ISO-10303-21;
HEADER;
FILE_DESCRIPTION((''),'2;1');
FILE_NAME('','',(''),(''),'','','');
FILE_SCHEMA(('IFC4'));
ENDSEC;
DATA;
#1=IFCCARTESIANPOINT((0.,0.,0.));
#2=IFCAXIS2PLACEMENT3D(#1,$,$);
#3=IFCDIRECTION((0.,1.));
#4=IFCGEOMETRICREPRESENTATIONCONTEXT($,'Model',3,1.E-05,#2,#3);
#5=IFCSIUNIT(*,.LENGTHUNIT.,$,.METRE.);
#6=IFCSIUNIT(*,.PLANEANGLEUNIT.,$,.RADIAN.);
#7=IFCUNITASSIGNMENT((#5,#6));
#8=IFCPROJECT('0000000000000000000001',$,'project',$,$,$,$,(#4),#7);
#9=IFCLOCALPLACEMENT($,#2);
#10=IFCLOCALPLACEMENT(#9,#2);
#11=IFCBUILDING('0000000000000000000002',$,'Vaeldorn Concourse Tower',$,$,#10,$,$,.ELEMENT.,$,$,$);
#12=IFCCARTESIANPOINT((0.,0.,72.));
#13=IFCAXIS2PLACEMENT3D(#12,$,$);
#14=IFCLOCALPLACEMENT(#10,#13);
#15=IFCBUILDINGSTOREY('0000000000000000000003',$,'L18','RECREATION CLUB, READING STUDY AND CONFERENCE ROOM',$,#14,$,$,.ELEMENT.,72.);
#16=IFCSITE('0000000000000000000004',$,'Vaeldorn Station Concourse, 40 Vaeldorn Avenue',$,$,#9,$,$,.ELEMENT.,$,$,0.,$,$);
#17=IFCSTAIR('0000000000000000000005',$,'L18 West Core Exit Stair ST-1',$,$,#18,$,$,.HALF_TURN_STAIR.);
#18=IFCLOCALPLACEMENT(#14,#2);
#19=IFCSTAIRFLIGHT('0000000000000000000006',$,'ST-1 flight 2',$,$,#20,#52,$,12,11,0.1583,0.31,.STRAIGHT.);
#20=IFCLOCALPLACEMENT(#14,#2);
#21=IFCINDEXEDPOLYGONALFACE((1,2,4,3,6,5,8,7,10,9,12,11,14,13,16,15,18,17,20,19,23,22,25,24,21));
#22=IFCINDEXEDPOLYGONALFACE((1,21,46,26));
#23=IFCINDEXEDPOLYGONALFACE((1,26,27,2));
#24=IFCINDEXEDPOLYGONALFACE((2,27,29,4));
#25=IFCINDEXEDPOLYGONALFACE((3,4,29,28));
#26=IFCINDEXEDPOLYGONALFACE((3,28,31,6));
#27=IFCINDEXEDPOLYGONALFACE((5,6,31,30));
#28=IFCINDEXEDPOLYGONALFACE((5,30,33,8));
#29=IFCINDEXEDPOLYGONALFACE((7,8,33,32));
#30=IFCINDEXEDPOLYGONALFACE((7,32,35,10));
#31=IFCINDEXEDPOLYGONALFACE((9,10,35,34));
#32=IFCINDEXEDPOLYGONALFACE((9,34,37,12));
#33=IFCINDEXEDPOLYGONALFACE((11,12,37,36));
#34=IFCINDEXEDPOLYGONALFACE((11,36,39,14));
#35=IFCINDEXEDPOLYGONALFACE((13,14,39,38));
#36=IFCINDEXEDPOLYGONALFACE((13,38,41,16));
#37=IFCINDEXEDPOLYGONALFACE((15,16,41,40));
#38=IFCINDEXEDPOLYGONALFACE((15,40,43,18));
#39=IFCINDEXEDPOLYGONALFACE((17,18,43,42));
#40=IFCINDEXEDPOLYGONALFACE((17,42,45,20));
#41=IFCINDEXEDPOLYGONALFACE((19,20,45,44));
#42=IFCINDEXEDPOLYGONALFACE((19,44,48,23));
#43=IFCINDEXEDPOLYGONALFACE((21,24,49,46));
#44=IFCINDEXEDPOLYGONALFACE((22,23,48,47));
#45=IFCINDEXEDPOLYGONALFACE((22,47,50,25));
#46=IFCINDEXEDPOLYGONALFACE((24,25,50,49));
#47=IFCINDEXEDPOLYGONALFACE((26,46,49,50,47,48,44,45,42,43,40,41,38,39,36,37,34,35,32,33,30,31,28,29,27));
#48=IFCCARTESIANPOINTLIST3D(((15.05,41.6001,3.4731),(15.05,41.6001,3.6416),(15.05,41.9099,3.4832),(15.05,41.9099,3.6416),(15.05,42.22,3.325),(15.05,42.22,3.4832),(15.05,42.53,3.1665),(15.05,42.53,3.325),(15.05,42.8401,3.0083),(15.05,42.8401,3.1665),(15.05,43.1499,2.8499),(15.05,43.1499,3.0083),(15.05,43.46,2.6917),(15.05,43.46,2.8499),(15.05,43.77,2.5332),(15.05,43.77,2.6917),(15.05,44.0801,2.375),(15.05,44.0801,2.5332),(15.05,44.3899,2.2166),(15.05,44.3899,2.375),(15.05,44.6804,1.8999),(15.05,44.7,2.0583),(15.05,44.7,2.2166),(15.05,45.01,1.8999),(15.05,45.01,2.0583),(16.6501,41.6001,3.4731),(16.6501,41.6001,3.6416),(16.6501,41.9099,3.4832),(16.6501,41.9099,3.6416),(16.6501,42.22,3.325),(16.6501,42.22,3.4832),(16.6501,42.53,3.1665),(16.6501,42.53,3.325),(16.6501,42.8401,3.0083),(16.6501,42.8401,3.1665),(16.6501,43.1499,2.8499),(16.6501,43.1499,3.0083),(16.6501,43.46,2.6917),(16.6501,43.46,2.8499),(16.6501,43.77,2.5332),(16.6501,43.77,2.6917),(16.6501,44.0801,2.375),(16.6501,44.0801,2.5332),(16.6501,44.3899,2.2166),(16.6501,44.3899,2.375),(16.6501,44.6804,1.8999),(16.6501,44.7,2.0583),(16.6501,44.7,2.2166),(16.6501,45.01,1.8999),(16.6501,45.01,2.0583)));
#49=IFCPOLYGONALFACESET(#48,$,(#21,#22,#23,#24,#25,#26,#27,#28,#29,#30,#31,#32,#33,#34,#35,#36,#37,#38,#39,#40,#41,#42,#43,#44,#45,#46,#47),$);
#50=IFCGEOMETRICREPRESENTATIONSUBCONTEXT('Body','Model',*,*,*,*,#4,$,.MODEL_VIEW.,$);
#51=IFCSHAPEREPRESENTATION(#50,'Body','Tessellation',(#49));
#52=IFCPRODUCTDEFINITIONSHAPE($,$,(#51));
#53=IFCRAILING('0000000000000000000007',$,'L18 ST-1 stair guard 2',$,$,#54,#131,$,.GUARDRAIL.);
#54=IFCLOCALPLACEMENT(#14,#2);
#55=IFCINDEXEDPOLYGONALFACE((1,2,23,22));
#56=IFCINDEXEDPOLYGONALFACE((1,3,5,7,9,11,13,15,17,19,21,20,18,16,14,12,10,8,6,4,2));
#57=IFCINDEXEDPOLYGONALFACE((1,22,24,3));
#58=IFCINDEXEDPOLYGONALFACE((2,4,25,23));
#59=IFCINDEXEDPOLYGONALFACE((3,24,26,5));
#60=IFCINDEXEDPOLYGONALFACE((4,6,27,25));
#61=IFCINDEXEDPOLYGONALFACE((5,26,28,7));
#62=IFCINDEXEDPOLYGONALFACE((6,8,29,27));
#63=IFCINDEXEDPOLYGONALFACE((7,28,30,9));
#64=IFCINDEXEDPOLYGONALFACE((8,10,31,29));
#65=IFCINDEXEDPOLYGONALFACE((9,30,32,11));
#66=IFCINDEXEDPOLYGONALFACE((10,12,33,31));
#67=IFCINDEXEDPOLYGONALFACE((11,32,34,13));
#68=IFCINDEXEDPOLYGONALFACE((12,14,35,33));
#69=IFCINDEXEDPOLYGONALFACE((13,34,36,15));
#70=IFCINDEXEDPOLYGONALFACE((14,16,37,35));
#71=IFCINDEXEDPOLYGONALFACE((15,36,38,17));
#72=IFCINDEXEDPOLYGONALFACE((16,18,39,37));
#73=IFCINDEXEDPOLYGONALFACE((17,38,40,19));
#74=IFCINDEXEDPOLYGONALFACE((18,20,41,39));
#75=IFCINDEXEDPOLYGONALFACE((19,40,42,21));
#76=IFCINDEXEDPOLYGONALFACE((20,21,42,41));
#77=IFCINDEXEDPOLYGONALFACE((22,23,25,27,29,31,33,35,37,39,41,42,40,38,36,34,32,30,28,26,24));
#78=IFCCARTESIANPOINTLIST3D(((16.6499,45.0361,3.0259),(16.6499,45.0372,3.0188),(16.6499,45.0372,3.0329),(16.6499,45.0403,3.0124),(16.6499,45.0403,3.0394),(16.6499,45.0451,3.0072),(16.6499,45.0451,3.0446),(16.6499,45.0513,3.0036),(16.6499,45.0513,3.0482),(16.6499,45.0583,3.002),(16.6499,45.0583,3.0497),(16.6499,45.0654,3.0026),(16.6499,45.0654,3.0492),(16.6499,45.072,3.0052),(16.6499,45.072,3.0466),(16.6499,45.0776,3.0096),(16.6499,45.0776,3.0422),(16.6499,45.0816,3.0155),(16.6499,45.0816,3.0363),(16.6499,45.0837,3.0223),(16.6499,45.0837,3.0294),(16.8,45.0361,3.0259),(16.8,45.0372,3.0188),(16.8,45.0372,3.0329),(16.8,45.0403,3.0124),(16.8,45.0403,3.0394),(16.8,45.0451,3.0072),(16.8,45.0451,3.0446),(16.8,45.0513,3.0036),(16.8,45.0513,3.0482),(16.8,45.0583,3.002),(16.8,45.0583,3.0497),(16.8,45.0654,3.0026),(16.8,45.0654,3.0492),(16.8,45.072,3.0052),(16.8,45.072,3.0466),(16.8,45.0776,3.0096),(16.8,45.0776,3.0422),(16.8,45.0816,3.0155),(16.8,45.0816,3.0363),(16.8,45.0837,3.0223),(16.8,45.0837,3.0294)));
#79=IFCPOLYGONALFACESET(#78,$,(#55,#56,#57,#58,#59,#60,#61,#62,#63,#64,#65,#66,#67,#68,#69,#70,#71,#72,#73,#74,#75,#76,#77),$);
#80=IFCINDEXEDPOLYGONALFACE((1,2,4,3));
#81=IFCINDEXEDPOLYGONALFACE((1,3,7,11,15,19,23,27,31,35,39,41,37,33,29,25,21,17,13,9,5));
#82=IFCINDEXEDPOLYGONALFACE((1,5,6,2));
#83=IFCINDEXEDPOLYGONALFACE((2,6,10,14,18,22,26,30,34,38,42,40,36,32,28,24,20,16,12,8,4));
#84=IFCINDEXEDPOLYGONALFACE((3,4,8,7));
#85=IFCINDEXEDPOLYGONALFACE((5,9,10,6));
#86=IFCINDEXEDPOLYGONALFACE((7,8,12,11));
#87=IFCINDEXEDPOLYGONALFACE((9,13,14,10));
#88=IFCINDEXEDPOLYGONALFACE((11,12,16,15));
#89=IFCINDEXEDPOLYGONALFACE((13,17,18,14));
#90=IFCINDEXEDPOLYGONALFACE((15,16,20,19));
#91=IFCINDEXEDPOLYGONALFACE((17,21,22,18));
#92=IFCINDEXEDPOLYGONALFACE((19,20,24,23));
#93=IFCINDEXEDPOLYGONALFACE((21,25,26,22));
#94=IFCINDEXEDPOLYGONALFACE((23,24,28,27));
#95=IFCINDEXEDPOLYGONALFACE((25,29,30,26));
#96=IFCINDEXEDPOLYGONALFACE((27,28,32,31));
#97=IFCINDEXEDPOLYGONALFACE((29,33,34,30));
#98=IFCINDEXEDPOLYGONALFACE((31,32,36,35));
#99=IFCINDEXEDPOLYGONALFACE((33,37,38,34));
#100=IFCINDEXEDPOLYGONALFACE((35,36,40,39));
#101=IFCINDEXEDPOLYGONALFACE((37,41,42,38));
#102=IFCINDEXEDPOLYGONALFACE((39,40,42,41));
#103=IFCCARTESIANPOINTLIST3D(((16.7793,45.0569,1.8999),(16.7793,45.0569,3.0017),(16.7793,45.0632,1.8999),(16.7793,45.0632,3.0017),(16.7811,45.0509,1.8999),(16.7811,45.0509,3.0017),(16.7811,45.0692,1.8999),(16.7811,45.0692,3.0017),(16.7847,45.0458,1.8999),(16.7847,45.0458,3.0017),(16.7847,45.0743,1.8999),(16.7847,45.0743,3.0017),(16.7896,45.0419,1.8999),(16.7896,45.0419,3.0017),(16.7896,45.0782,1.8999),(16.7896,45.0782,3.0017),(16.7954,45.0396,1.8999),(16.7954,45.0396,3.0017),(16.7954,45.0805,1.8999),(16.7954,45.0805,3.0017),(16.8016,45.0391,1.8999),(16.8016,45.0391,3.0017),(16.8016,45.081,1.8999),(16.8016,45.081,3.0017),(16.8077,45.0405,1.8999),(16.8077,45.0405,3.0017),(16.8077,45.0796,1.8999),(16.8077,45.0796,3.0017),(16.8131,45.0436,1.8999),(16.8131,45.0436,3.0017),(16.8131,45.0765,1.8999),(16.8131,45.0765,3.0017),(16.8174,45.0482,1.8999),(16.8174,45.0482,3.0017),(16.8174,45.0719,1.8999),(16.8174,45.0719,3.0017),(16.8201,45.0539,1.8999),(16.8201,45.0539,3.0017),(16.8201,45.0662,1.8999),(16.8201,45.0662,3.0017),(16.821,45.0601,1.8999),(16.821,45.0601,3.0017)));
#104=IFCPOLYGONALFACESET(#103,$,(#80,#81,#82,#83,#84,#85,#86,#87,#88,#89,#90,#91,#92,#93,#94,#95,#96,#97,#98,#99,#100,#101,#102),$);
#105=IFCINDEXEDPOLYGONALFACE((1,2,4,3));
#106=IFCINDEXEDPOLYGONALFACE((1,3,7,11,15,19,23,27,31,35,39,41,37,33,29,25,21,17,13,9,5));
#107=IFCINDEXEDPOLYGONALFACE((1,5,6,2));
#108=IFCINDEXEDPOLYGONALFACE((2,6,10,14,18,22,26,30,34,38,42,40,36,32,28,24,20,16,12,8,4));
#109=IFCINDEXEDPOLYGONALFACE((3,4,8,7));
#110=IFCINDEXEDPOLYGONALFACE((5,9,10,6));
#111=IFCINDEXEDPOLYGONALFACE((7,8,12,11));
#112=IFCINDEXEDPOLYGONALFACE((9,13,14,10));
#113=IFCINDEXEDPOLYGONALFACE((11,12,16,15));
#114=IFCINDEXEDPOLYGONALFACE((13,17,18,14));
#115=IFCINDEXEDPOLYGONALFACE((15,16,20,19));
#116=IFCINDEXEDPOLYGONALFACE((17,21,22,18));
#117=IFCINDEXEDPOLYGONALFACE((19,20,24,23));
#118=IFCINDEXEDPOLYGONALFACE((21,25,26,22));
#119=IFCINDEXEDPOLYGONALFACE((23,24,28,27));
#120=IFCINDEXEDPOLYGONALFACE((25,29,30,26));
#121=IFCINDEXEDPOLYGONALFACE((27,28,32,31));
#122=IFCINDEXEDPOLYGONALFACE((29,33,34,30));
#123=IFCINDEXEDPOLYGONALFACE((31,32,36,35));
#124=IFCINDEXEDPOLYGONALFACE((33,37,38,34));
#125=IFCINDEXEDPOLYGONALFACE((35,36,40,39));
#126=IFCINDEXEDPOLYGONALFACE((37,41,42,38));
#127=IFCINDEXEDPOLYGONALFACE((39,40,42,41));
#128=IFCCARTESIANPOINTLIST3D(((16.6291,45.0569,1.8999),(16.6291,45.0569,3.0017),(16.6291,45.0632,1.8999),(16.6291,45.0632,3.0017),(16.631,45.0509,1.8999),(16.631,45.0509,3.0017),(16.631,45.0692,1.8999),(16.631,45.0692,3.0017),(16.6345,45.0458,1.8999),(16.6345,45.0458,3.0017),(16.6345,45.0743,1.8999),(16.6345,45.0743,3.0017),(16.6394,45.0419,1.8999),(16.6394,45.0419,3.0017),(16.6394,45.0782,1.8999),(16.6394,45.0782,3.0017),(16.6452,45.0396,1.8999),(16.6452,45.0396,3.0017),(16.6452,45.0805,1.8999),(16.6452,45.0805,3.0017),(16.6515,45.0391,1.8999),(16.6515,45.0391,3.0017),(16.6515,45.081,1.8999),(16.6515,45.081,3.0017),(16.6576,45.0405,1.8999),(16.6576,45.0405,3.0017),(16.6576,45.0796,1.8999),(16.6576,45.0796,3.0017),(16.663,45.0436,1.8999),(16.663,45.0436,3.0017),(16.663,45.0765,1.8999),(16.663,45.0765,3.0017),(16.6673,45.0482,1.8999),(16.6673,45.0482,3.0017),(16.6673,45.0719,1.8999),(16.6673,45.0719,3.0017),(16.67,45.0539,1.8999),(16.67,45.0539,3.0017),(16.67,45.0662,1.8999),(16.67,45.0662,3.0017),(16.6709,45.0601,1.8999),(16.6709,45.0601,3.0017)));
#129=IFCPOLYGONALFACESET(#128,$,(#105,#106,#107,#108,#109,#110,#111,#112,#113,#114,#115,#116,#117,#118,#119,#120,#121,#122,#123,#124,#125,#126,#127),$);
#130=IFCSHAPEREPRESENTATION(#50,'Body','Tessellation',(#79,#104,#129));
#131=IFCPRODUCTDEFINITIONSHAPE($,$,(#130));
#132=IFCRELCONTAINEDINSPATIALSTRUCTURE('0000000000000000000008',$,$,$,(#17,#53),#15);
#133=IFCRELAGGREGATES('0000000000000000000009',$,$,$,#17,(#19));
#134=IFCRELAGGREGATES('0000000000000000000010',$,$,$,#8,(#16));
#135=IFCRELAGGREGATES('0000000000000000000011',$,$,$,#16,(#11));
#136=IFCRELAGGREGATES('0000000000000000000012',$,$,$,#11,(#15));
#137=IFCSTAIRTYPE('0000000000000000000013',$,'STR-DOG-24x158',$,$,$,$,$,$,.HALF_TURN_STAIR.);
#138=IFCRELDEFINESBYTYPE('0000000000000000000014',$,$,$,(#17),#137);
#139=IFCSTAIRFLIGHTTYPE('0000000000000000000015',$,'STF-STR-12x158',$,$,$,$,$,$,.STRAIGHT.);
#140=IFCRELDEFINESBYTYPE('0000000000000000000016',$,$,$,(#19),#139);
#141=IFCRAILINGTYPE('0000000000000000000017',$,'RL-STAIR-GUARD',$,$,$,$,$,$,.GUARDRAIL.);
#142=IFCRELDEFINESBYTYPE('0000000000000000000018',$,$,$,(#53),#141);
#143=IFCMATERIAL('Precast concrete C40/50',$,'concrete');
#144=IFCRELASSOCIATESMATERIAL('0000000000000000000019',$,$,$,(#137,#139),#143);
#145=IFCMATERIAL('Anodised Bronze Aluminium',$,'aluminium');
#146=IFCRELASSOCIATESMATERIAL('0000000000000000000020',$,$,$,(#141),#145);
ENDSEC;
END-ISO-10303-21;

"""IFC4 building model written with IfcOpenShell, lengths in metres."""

from ifc_helpers import new_model, si_unit, direction, frame, origin, origin_2d, place, context, subcontext, project, spatial, polyline, circle, outline, extrude, material, type_object, element, aggregate, save


model = new_model("IFC4")

# Units and contexts
model_context = context("Model", 3, precision=1e-05, world=origin(), true_north=direction((0.0, 1.0)))
body_context = subcontext(model_context, "Body", "Model", "MODEL_VIEW")
ifc_project = project(units=[si_unit("LENGTHUNIT", "METRE"), si_unit("PLANEANGLEUNIT", "RADIAN")], contexts=[model_context])

# Site, building, storey
site_placement = place(None, origin())
site = spatial("IfcSite", under=ifc_project, at=site_placement, Name="Vaeldorn Station Concourse, 40 Vaeldorn Avenue", CompositionType="ELEMENT", RefElevation=0.0)
building_placement = place(site_placement, origin())
building = spatial("IfcBuilding", under=site, at=building_placement, Name="Vaeldorn Concourse Tower", CompositionType="ELEMENT")
storey_placement = place(building_placement, frame((0.0, 0.0, 72.0)))
storey = spatial("IfcBuildingStorey", under=building, at=storey_placement, Name="L18", Description="RECREATION CLUB, READING STUDY AND CONFERENCE ROOM", CompositionType="ELEMENT", Elevation=72.0)

# Shared definitions
ifc_material_1 = material(Name="Anodised Bronze Aluminium", Category="aluminium")

# Stair, stair flight
ifc_material_2 = material(Name="Precast concrete C40/50", Category="concrete")
stair_type = type_object("IfcStairType", Name="STR-DOG-24x158", PredefinedType="HALF_TURN_STAIR", material=ifc_material_2)
stair_placement = place(storey_placement, origin())
stair = element("IfcStair", 1, at=stair_placement, inside=storey, type_object=stair_type, Name="L18 West Core Exit Stair ST-1", PredefinedType="HALF_TURN_STAIR")
stair_flight_type = type_object("IfcStairFlightType", Name="STF-STR-12x158", PredefinedType="STRAIGHT", material=ifc_material_2)
stair_flight_placement = place(storey_placement, frame((15.8501, 45.01, 1.8999), z_axis=(0.0, 0.0, 1.0), x_axis=(0.0, -1.0, 0.0)))
stair_flight = element("IfcStairFlight", 2, at=stair_flight_placement, type_object=stair_flight_type, Name="ST-1 flight 2", NumberOfRisers=12, NumberOfTreads=11, PredefinedType="STRAIGHT", RiserHeight=0.1583, TreadLength=0.31, context=body_context, shape_type="SweptSolid", body=[
    extrude(outline(polyline([(0.0, 0.0), (0.0, 0.1584), (0.3101, 0.1584), (0.3101, 0.3167), (0.6201, 0.3167), (0.6201, 0.4751), (0.9299, 0.4751), (0.9299, 0.6333), (1.24, 0.6333), (1.24, 0.7917), (1.55, 0.7917), (1.55, 0.95), (1.8601, 0.95), (1.8601, 1.1084), (2.1699, 1.1084), (2.1699, 1.2666), (2.48, 1.2666), (2.48, 1.425), (2.79, 1.425), (2.79, 1.5833), (3.1001, 1.5833), (3.1001, 1.7417), (3.4099, 1.7417), (3.4099, 1.8999), (3.4099, 1.5732), (0.3296, 0.0), (0.0, 0.0)])), frame((0.0, 0.8, 0.0), z_axis=(0.0, -1.0, 0.0), x_axis=(1.0, 0.0, 0.0)), (0.0, 0.0, 1.0), 1.6001),
])
aggregate(stair, [stair_flight])

# Railing
railing_type_1 = type_object("IfcRailingType", Name="RL-STAIR-GUARD", PredefinedType="GUARDRAIL", material=ifc_material_1)
railing_1_placement = place(storey_placement, frame((16.8, 45.0601, 1.8999)))
element("IfcRailing", 3, at=railing_1_placement, inside=storey, type_object=railing_type_1, Name="L18 ST-1 stair guard 2", PredefinedType="GUARDRAIL", context=body_context, shape_type="SweptSolid", body=[
    extrude(circle(Radius=0.0239, at=origin_2d()), frame((0.0, 0.0, 1.126), z_axis=(-1.0, 0.0, 0.0), x_axis=(0.0, -1.0, 0.0)), (0.0, 0.0, 1.0), 0.1501),
    extrude(circle(Radius=0.021, at=origin_2d()), origin(), (0.0, 0.0, 1.0), 1.1018),
    extrude(circle(Radius=0.021, at=origin_2d()), frame((-0.1501, 0.0, 0.0)), (0.0, 0.0, 1.0), 1.1018),
])

save(model, "model.ifc")
